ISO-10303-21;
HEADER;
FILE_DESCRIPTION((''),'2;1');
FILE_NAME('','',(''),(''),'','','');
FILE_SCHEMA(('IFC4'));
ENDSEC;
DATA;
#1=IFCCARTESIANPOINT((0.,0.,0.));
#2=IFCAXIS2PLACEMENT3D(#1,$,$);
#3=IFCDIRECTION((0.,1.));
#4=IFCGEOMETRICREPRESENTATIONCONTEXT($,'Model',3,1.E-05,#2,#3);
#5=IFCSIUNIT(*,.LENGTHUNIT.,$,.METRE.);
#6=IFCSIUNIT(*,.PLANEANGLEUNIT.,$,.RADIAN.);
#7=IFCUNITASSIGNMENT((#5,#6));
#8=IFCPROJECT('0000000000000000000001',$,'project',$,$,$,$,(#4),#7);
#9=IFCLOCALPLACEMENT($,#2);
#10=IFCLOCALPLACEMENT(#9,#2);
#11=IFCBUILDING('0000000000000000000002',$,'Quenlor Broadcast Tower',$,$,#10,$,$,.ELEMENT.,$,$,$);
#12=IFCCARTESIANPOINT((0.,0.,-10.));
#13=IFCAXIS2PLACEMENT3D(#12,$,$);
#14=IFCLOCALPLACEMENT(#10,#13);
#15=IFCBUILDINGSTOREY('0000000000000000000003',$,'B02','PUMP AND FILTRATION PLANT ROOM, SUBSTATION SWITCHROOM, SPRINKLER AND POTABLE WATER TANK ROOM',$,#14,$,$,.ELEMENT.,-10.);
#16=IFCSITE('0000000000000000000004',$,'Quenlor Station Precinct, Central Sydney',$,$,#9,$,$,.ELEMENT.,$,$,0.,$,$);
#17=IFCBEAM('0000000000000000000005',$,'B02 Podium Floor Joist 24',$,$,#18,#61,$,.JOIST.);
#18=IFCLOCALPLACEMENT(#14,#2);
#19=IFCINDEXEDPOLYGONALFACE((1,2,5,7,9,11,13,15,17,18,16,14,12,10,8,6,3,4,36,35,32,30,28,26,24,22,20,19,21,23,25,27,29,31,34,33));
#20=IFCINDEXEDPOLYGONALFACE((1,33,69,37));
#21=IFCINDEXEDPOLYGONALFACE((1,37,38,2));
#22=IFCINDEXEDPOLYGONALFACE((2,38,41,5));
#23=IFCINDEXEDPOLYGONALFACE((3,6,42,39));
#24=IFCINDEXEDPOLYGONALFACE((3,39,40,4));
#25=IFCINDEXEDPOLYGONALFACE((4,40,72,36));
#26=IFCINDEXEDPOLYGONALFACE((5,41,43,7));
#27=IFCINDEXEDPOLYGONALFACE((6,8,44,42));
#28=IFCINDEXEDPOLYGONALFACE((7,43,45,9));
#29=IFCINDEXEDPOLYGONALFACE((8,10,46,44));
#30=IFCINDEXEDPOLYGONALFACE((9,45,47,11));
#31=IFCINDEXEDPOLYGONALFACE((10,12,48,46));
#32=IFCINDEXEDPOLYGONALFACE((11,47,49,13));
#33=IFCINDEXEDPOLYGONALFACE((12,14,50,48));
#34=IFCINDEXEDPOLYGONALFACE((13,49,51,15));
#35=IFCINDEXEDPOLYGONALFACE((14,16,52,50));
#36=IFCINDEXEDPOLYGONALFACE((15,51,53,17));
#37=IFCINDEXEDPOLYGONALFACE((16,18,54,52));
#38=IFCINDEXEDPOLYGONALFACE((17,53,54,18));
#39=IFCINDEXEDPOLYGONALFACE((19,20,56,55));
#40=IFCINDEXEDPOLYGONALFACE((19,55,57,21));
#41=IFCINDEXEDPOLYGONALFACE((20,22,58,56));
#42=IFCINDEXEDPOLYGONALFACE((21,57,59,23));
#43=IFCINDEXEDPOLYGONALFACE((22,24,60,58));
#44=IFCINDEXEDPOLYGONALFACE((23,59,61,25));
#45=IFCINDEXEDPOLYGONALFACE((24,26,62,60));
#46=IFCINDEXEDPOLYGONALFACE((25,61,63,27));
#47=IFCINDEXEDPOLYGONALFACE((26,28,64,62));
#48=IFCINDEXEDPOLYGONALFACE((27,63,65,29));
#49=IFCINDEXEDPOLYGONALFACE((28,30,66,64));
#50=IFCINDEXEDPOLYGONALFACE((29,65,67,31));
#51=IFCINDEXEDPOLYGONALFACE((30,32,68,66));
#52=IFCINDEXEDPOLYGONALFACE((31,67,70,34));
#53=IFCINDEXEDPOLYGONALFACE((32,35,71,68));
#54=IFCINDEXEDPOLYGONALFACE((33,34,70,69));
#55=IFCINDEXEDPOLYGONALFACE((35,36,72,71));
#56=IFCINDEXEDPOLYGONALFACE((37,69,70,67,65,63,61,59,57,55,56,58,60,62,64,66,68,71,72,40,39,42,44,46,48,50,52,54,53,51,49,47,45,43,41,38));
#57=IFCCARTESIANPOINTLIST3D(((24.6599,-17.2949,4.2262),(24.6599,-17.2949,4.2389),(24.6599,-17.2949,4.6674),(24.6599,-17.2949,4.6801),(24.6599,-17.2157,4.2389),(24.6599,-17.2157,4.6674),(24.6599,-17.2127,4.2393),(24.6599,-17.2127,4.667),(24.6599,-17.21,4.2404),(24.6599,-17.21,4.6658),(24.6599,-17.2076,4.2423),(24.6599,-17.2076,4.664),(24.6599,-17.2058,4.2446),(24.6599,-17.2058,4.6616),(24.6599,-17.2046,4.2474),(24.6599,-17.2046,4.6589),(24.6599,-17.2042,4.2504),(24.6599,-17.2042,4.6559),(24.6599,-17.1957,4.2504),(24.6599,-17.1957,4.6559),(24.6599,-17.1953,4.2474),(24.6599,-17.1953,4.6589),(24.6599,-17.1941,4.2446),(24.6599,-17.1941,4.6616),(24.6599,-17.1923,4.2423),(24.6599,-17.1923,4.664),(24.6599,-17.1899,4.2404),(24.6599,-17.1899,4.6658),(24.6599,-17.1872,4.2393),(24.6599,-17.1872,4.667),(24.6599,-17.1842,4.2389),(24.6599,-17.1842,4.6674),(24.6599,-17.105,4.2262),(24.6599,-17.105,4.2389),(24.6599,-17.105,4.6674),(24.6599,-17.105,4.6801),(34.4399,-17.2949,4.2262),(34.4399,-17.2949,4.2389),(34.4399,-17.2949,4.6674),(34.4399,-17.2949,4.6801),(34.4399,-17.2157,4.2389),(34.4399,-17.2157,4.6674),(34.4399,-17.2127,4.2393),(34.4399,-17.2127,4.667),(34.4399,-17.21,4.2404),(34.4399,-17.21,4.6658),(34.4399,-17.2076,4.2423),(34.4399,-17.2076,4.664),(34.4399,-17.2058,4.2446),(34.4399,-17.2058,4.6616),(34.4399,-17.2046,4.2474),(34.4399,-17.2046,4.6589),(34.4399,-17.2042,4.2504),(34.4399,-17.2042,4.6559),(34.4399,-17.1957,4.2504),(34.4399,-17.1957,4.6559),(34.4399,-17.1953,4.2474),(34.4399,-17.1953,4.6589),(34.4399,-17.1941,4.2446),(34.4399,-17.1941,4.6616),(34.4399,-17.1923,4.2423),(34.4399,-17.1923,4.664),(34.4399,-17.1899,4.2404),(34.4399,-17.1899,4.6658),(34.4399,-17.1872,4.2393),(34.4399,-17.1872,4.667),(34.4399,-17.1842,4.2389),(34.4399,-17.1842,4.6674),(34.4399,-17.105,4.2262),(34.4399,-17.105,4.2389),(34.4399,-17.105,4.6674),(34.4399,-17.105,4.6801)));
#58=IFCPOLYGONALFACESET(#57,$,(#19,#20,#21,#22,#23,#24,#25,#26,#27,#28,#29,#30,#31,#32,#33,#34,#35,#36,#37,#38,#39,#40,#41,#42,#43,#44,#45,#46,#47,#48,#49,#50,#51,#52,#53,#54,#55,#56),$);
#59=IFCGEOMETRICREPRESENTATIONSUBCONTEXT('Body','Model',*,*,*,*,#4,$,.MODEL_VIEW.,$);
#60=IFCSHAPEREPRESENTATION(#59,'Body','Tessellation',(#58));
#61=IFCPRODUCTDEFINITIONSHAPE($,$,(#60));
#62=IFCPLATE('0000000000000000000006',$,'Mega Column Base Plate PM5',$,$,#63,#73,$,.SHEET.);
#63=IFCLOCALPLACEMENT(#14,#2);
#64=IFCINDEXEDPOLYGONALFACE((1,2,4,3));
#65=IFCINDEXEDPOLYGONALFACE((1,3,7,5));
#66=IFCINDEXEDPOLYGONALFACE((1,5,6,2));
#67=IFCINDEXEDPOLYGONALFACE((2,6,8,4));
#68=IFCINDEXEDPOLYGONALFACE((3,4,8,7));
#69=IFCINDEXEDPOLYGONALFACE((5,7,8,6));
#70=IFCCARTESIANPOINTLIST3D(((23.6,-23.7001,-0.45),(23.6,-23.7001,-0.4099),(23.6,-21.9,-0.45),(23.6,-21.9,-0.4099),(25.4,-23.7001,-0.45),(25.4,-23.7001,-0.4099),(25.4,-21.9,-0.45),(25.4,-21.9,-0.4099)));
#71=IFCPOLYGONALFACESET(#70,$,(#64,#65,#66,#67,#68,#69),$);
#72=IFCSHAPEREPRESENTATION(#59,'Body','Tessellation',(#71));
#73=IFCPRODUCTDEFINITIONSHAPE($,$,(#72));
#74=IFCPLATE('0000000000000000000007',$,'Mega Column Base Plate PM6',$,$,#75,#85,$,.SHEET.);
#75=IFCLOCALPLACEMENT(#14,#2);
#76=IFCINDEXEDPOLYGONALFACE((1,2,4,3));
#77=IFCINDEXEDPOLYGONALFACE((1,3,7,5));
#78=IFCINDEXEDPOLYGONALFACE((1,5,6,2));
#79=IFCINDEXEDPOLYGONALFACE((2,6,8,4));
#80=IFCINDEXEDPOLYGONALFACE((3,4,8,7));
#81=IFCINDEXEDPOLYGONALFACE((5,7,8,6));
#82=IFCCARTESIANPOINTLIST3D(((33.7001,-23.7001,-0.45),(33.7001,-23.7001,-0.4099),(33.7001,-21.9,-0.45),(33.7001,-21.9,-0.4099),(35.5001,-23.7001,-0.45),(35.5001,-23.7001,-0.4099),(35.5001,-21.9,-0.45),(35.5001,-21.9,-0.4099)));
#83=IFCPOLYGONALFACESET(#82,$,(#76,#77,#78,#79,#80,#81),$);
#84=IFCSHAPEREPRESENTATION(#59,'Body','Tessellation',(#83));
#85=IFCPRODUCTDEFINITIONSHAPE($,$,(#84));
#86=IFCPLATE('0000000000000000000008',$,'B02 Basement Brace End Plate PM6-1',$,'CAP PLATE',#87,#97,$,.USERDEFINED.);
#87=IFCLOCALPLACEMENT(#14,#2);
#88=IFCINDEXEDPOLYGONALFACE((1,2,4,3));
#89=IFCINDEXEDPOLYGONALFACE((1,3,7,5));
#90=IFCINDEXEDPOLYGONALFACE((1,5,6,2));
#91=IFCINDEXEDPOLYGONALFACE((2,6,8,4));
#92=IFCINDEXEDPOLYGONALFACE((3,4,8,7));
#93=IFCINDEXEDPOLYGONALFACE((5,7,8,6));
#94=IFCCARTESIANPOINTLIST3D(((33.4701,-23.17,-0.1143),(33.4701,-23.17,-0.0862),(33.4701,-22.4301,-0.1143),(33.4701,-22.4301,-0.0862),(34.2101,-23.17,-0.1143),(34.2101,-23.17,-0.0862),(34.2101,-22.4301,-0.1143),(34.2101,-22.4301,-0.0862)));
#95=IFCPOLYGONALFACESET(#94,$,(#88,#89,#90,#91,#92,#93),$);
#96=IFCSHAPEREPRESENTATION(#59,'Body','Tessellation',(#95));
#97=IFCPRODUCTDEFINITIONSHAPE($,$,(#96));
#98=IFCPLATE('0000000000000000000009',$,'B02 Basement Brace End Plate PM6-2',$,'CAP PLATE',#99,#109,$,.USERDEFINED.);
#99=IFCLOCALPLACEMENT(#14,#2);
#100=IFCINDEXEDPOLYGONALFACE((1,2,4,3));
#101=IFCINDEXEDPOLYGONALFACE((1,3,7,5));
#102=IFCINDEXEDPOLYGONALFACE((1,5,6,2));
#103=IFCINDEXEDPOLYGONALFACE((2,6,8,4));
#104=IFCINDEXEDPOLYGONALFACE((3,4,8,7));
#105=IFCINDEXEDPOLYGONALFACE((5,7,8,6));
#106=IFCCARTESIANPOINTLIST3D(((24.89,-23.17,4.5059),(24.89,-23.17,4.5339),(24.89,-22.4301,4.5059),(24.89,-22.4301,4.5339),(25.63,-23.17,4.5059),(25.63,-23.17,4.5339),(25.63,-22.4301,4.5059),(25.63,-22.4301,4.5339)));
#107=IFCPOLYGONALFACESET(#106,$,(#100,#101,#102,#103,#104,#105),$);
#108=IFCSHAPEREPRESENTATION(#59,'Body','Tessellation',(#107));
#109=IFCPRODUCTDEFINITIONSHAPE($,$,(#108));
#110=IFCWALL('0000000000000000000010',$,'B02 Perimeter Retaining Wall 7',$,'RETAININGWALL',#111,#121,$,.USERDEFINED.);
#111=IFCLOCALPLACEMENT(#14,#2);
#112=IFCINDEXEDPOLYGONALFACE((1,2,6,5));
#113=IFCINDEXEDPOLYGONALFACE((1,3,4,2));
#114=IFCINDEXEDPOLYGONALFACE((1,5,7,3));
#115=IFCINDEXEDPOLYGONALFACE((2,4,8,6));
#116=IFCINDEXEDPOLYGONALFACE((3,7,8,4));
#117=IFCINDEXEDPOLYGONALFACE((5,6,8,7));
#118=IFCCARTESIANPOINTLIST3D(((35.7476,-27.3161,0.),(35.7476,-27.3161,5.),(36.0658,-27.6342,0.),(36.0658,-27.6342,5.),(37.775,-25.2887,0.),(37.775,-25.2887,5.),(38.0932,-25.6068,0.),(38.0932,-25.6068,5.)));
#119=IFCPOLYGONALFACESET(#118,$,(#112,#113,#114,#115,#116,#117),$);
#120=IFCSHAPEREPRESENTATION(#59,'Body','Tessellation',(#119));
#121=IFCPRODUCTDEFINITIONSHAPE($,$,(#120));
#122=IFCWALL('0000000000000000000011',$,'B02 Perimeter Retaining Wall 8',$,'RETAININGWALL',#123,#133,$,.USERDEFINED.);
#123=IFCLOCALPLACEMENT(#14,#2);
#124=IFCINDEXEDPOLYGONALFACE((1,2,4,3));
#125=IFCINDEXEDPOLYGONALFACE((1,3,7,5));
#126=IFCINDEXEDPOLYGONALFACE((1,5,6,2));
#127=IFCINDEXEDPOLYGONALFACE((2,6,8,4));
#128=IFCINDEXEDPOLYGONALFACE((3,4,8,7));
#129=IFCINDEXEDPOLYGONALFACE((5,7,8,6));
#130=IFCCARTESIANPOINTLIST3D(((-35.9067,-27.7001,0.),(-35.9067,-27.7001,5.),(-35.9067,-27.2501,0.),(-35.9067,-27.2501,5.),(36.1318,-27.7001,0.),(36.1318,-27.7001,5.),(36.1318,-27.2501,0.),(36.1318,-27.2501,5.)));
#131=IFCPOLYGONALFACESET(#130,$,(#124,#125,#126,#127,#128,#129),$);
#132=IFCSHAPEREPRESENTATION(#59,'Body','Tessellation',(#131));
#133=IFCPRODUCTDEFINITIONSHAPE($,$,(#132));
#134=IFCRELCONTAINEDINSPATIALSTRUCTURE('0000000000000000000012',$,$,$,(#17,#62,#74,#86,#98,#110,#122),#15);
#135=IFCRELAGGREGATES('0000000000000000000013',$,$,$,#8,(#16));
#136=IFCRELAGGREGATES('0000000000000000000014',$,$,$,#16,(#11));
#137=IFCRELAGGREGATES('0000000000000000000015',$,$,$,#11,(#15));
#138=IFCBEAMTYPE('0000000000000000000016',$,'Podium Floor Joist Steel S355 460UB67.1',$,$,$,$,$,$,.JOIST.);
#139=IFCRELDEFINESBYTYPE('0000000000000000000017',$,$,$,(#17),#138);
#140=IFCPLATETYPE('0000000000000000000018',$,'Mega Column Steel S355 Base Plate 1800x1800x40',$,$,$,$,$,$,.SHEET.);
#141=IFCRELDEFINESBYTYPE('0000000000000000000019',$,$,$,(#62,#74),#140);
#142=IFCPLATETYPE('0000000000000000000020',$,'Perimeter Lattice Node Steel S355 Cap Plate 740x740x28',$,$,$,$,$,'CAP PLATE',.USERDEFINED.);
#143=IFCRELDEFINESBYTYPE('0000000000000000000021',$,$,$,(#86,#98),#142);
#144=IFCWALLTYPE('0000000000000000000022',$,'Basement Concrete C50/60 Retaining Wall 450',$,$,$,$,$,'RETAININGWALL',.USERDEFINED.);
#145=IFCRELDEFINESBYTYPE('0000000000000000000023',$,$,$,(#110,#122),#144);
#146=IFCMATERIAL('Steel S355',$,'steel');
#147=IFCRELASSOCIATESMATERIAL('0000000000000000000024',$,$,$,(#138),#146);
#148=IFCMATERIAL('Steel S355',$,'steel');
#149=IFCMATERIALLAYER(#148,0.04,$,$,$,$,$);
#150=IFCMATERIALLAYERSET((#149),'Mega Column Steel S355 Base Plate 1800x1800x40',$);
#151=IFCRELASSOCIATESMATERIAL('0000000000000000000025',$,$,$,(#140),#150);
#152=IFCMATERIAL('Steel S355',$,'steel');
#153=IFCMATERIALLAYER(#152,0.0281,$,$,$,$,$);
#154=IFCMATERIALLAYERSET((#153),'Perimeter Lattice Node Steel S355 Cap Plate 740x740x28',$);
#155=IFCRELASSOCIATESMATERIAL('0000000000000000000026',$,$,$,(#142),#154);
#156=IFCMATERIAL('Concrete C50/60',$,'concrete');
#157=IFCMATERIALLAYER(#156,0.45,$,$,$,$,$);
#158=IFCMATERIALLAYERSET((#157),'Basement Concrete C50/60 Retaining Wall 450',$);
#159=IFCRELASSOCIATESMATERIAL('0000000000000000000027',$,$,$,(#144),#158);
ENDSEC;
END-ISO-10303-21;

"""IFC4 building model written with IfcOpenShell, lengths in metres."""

from ifc_helpers import new_model, si_unit, direction, frame, frame_2d, origin, origin_2d, place, context, subcontext, project, spatial, rectangle, i_section, extrude, material, layer, layer_set, material_profile, profile_set, type_object, element, save


model = new_model("IFC4")

# Units and contexts
model_context = context("Model", 3, precision=1e-05, world=origin(), true_north=direction((0.0, 1.0)))
body_context = subcontext(model_context, "Body", "Model", "MODEL_VIEW")
ifc_project = project(units=[si_unit("LENGTHUNIT", "METRE"), si_unit("PLANEANGLEUNIT", "RADIAN")], contexts=[model_context])

# Site, building, storey
site_placement = place(None, origin())
site = spatial("IfcSite", under=ifc_project, at=site_placement, Name="Quenlor Station Precinct, Central Sydney", CompositionType="ELEMENT", RefElevation=0.0)
building_placement = place(site_placement, origin())
building = spatial("IfcBuilding", under=site, at=building_placement, Name="Quenlor Broadcast Tower", CompositionType="ELEMENT")
storey_placement = place(building_placement, frame((0.0, 0.0, -10.0)))
storey = spatial("IfcBuildingStorey", under=building, at=storey_placement, Name="B02", Description="PUMP AND FILTRATION PLANT ROOM, SUBSTATION SWITCHROOM, SPRINKLER AND POTABLE WATER TANK ROOM", CompositionType="ELEMENT", Elevation=-10.0)

# Beam
ifc_material_1 = material(Name="Steel S355", Category="steel")
ifc_material_profile_1 = material_profile(ifc_material_1, i_section(OverallWidth=0.1899, OverallDepth=0.4539, WebThickness=0.0085, FlangeThickness=0.0127, FilletRadius=0.0115, at=origin_2d()))
ifc_profile_set_1 = profile_set([ifc_material_profile_1], Name="Steel S355 460UB67.1")
beam_type_1 = type_object("IfcBeamType", Name="Podium Floor Joist Steel S355 460UB67.1", PredefinedType="JOIST", material=ifc_profile_set_1)
for number, where, z_axis, x_axis, name in (
    (1, (24.6599, -17.2, 4.4531), (1.0, 0.0, 0.0), (0.0, 1.0, 0.0), "B02 Podium Floor Joist 24"),
):
    element("IfcBeam", number, at=place(storey_placement, frame(where, z_axis=z_axis, x_axis=x_axis)), inside=storey, type_object=beam_type_1, Name=name, PredefinedType="JOIST", context=body_context, shape_type="SweptSolid", body=[
        extrude(i_section(OverallWidth=0.1899, OverallDepth=0.4539, WebThickness=0.0085, FlangeThickness=0.0127, FilletRadius=0.0115, at=origin_2d()), origin(), (0.0, 0.0, 1.0), 9.78),
    ])

# Plates
ifc_material_2 = material(Name="Steel S355", Category="steel")
ifc_layer_1 = layer(ifc_material_2, 0.04)
ifc_layer_set_1 = layer_set([ifc_layer_1], Name="Mega Column Steel S355 Base Plate 1800x1800x40")
plate_type_1 = type_object("IfcPlateType", Name="Mega Column Steel S355 Base Plate 1800x1800x40", PredefinedType="SHEET", material=ifc_layer_set_1)
for number, where, z_axis, x_axis, name in (
    (2, (24.5, -22.8, -0.45), (0.0, 0.0, 1.0), (1.0, 0.0, 0.0), "Mega Column Base Plate PM5"),
    (3, (34.6001, -22.8, -0.45), (0.0, 0.0, 1.0), (1.0, 0.0, 0.0), "Mega Column Base Plate PM6"),
):
    element("IfcPlate", number, at=place(storey_placement, frame(where, z_axis=z_axis, x_axis=x_axis)), inside=storey, type_object=plate_type_1, Name=name, PredefinedType="SHEET", context=body_context, shape_type="SweptSolid", body=[
        extrude(rectangle(XDim=1.8, YDim=1.8, at=origin_2d()), origin(), (0.0, 0.0, 1.0), 0.04),
    ])
ifc_material_3 = material(Name="Steel S355", Category="steel")
ifc_layer_2 = layer(ifc_material_3, 0.0281)
ifc_layer_set_2 = layer_set([ifc_layer_2], Name="Perimeter Lattice Node Steel S355 Cap Plate 740x740x28")
plate_type_2 = type_object("IfcPlateType", Name="Perimeter Lattice Node Steel S355 Cap Plate 740x740x28", ElementType="CAP PLATE", PredefinedType="USERDEFINED", material=ifc_layer_set_2)
for number, where, z_axis, x_axis, name in (
    (4, (33.8401, -22.8, -0.1143), (0.0, 0.0, 1.0), (1.0, 0.0, 0.0), "B02 Basement Brace End Plate PM6-1"),
    (5, (25.26, -22.8, 4.5059), (0.0, 0.0, 1.0), (1.0, 0.0, 0.0), "B02 Basement Brace End Plate PM6-2"),
):
    element("IfcPlate", number, at=place(storey_placement, frame(where, z_axis=z_axis, x_axis=x_axis)), inside=storey, type_object=plate_type_2, Name=name, ObjectType="CAP PLATE", PredefinedType="USERDEFINED", context=body_context, shape_type="SweptSolid", body=[
        extrude(rectangle(XDim=0.74, YDim=0.74, at=origin_2d()), origin(), (0.0, 0.0, 1.0), 0.0281),
    ])

# Walls
ifc_material_4 = material(Name="Concrete C50/60", Category="concrete")
ifc_layer_3 = layer(ifc_material_4, 0.45)
ifc_layer_set_3 = layer_set([ifc_layer_3], Name="Basement Concrete C50/60 Retaining Wall 450")
wall_type = type_object("IfcWallType", Name="Basement Concrete C50/60 Retaining Wall 450", ElementType="RETAININGWALL", PredefinedType="USERDEFINED", material=ifc_layer_set_3)
wall_1_placement = place(storey_placement, frame((37.9341, -25.4478, 0.0), z_axis=(0.0, 0.0, 1.0), x_axis=(-0.707107, -0.707107, 0.0)))
element("IfcWall", 6, at=wall_1_placement, inside=storey, type_object=wall_type, Name="B02 Perimeter Retaining Wall 7", ObjectType="RETAININGWALL", PredefinedType="USERDEFINED", context=body_context, shape_type="SweptSolid", body=[
    extrude(rectangle(XDim=2.8672, YDim=0.45, at=frame_2d((1.4336, 0.0))), origin(), (0.0, 0.0, 1.0), 5.0),
])
wall_2_placement = place(storey_placement, frame((36.1318, -27.4751, 0.0), z_axis=(0.0, 0.0, 1.0), x_axis=(-1.0, 0.0, 0.0)))
element("IfcWall", 7, at=wall_2_placement, inside=storey, type_object=wall_type, Name="B02 Perimeter Retaining Wall 8", ObjectType="RETAININGWALL", PredefinedType="USERDEFINED", context=body_context, shape_type="SweptSolid", body=[
    extrude(rectangle(XDim=72.0386, YDim=0.45, at=frame_2d((36.0193, 0.0))), origin(), (0.0, 0.0, 1.0), 5.0),
])

save(model, "model.ifc")
